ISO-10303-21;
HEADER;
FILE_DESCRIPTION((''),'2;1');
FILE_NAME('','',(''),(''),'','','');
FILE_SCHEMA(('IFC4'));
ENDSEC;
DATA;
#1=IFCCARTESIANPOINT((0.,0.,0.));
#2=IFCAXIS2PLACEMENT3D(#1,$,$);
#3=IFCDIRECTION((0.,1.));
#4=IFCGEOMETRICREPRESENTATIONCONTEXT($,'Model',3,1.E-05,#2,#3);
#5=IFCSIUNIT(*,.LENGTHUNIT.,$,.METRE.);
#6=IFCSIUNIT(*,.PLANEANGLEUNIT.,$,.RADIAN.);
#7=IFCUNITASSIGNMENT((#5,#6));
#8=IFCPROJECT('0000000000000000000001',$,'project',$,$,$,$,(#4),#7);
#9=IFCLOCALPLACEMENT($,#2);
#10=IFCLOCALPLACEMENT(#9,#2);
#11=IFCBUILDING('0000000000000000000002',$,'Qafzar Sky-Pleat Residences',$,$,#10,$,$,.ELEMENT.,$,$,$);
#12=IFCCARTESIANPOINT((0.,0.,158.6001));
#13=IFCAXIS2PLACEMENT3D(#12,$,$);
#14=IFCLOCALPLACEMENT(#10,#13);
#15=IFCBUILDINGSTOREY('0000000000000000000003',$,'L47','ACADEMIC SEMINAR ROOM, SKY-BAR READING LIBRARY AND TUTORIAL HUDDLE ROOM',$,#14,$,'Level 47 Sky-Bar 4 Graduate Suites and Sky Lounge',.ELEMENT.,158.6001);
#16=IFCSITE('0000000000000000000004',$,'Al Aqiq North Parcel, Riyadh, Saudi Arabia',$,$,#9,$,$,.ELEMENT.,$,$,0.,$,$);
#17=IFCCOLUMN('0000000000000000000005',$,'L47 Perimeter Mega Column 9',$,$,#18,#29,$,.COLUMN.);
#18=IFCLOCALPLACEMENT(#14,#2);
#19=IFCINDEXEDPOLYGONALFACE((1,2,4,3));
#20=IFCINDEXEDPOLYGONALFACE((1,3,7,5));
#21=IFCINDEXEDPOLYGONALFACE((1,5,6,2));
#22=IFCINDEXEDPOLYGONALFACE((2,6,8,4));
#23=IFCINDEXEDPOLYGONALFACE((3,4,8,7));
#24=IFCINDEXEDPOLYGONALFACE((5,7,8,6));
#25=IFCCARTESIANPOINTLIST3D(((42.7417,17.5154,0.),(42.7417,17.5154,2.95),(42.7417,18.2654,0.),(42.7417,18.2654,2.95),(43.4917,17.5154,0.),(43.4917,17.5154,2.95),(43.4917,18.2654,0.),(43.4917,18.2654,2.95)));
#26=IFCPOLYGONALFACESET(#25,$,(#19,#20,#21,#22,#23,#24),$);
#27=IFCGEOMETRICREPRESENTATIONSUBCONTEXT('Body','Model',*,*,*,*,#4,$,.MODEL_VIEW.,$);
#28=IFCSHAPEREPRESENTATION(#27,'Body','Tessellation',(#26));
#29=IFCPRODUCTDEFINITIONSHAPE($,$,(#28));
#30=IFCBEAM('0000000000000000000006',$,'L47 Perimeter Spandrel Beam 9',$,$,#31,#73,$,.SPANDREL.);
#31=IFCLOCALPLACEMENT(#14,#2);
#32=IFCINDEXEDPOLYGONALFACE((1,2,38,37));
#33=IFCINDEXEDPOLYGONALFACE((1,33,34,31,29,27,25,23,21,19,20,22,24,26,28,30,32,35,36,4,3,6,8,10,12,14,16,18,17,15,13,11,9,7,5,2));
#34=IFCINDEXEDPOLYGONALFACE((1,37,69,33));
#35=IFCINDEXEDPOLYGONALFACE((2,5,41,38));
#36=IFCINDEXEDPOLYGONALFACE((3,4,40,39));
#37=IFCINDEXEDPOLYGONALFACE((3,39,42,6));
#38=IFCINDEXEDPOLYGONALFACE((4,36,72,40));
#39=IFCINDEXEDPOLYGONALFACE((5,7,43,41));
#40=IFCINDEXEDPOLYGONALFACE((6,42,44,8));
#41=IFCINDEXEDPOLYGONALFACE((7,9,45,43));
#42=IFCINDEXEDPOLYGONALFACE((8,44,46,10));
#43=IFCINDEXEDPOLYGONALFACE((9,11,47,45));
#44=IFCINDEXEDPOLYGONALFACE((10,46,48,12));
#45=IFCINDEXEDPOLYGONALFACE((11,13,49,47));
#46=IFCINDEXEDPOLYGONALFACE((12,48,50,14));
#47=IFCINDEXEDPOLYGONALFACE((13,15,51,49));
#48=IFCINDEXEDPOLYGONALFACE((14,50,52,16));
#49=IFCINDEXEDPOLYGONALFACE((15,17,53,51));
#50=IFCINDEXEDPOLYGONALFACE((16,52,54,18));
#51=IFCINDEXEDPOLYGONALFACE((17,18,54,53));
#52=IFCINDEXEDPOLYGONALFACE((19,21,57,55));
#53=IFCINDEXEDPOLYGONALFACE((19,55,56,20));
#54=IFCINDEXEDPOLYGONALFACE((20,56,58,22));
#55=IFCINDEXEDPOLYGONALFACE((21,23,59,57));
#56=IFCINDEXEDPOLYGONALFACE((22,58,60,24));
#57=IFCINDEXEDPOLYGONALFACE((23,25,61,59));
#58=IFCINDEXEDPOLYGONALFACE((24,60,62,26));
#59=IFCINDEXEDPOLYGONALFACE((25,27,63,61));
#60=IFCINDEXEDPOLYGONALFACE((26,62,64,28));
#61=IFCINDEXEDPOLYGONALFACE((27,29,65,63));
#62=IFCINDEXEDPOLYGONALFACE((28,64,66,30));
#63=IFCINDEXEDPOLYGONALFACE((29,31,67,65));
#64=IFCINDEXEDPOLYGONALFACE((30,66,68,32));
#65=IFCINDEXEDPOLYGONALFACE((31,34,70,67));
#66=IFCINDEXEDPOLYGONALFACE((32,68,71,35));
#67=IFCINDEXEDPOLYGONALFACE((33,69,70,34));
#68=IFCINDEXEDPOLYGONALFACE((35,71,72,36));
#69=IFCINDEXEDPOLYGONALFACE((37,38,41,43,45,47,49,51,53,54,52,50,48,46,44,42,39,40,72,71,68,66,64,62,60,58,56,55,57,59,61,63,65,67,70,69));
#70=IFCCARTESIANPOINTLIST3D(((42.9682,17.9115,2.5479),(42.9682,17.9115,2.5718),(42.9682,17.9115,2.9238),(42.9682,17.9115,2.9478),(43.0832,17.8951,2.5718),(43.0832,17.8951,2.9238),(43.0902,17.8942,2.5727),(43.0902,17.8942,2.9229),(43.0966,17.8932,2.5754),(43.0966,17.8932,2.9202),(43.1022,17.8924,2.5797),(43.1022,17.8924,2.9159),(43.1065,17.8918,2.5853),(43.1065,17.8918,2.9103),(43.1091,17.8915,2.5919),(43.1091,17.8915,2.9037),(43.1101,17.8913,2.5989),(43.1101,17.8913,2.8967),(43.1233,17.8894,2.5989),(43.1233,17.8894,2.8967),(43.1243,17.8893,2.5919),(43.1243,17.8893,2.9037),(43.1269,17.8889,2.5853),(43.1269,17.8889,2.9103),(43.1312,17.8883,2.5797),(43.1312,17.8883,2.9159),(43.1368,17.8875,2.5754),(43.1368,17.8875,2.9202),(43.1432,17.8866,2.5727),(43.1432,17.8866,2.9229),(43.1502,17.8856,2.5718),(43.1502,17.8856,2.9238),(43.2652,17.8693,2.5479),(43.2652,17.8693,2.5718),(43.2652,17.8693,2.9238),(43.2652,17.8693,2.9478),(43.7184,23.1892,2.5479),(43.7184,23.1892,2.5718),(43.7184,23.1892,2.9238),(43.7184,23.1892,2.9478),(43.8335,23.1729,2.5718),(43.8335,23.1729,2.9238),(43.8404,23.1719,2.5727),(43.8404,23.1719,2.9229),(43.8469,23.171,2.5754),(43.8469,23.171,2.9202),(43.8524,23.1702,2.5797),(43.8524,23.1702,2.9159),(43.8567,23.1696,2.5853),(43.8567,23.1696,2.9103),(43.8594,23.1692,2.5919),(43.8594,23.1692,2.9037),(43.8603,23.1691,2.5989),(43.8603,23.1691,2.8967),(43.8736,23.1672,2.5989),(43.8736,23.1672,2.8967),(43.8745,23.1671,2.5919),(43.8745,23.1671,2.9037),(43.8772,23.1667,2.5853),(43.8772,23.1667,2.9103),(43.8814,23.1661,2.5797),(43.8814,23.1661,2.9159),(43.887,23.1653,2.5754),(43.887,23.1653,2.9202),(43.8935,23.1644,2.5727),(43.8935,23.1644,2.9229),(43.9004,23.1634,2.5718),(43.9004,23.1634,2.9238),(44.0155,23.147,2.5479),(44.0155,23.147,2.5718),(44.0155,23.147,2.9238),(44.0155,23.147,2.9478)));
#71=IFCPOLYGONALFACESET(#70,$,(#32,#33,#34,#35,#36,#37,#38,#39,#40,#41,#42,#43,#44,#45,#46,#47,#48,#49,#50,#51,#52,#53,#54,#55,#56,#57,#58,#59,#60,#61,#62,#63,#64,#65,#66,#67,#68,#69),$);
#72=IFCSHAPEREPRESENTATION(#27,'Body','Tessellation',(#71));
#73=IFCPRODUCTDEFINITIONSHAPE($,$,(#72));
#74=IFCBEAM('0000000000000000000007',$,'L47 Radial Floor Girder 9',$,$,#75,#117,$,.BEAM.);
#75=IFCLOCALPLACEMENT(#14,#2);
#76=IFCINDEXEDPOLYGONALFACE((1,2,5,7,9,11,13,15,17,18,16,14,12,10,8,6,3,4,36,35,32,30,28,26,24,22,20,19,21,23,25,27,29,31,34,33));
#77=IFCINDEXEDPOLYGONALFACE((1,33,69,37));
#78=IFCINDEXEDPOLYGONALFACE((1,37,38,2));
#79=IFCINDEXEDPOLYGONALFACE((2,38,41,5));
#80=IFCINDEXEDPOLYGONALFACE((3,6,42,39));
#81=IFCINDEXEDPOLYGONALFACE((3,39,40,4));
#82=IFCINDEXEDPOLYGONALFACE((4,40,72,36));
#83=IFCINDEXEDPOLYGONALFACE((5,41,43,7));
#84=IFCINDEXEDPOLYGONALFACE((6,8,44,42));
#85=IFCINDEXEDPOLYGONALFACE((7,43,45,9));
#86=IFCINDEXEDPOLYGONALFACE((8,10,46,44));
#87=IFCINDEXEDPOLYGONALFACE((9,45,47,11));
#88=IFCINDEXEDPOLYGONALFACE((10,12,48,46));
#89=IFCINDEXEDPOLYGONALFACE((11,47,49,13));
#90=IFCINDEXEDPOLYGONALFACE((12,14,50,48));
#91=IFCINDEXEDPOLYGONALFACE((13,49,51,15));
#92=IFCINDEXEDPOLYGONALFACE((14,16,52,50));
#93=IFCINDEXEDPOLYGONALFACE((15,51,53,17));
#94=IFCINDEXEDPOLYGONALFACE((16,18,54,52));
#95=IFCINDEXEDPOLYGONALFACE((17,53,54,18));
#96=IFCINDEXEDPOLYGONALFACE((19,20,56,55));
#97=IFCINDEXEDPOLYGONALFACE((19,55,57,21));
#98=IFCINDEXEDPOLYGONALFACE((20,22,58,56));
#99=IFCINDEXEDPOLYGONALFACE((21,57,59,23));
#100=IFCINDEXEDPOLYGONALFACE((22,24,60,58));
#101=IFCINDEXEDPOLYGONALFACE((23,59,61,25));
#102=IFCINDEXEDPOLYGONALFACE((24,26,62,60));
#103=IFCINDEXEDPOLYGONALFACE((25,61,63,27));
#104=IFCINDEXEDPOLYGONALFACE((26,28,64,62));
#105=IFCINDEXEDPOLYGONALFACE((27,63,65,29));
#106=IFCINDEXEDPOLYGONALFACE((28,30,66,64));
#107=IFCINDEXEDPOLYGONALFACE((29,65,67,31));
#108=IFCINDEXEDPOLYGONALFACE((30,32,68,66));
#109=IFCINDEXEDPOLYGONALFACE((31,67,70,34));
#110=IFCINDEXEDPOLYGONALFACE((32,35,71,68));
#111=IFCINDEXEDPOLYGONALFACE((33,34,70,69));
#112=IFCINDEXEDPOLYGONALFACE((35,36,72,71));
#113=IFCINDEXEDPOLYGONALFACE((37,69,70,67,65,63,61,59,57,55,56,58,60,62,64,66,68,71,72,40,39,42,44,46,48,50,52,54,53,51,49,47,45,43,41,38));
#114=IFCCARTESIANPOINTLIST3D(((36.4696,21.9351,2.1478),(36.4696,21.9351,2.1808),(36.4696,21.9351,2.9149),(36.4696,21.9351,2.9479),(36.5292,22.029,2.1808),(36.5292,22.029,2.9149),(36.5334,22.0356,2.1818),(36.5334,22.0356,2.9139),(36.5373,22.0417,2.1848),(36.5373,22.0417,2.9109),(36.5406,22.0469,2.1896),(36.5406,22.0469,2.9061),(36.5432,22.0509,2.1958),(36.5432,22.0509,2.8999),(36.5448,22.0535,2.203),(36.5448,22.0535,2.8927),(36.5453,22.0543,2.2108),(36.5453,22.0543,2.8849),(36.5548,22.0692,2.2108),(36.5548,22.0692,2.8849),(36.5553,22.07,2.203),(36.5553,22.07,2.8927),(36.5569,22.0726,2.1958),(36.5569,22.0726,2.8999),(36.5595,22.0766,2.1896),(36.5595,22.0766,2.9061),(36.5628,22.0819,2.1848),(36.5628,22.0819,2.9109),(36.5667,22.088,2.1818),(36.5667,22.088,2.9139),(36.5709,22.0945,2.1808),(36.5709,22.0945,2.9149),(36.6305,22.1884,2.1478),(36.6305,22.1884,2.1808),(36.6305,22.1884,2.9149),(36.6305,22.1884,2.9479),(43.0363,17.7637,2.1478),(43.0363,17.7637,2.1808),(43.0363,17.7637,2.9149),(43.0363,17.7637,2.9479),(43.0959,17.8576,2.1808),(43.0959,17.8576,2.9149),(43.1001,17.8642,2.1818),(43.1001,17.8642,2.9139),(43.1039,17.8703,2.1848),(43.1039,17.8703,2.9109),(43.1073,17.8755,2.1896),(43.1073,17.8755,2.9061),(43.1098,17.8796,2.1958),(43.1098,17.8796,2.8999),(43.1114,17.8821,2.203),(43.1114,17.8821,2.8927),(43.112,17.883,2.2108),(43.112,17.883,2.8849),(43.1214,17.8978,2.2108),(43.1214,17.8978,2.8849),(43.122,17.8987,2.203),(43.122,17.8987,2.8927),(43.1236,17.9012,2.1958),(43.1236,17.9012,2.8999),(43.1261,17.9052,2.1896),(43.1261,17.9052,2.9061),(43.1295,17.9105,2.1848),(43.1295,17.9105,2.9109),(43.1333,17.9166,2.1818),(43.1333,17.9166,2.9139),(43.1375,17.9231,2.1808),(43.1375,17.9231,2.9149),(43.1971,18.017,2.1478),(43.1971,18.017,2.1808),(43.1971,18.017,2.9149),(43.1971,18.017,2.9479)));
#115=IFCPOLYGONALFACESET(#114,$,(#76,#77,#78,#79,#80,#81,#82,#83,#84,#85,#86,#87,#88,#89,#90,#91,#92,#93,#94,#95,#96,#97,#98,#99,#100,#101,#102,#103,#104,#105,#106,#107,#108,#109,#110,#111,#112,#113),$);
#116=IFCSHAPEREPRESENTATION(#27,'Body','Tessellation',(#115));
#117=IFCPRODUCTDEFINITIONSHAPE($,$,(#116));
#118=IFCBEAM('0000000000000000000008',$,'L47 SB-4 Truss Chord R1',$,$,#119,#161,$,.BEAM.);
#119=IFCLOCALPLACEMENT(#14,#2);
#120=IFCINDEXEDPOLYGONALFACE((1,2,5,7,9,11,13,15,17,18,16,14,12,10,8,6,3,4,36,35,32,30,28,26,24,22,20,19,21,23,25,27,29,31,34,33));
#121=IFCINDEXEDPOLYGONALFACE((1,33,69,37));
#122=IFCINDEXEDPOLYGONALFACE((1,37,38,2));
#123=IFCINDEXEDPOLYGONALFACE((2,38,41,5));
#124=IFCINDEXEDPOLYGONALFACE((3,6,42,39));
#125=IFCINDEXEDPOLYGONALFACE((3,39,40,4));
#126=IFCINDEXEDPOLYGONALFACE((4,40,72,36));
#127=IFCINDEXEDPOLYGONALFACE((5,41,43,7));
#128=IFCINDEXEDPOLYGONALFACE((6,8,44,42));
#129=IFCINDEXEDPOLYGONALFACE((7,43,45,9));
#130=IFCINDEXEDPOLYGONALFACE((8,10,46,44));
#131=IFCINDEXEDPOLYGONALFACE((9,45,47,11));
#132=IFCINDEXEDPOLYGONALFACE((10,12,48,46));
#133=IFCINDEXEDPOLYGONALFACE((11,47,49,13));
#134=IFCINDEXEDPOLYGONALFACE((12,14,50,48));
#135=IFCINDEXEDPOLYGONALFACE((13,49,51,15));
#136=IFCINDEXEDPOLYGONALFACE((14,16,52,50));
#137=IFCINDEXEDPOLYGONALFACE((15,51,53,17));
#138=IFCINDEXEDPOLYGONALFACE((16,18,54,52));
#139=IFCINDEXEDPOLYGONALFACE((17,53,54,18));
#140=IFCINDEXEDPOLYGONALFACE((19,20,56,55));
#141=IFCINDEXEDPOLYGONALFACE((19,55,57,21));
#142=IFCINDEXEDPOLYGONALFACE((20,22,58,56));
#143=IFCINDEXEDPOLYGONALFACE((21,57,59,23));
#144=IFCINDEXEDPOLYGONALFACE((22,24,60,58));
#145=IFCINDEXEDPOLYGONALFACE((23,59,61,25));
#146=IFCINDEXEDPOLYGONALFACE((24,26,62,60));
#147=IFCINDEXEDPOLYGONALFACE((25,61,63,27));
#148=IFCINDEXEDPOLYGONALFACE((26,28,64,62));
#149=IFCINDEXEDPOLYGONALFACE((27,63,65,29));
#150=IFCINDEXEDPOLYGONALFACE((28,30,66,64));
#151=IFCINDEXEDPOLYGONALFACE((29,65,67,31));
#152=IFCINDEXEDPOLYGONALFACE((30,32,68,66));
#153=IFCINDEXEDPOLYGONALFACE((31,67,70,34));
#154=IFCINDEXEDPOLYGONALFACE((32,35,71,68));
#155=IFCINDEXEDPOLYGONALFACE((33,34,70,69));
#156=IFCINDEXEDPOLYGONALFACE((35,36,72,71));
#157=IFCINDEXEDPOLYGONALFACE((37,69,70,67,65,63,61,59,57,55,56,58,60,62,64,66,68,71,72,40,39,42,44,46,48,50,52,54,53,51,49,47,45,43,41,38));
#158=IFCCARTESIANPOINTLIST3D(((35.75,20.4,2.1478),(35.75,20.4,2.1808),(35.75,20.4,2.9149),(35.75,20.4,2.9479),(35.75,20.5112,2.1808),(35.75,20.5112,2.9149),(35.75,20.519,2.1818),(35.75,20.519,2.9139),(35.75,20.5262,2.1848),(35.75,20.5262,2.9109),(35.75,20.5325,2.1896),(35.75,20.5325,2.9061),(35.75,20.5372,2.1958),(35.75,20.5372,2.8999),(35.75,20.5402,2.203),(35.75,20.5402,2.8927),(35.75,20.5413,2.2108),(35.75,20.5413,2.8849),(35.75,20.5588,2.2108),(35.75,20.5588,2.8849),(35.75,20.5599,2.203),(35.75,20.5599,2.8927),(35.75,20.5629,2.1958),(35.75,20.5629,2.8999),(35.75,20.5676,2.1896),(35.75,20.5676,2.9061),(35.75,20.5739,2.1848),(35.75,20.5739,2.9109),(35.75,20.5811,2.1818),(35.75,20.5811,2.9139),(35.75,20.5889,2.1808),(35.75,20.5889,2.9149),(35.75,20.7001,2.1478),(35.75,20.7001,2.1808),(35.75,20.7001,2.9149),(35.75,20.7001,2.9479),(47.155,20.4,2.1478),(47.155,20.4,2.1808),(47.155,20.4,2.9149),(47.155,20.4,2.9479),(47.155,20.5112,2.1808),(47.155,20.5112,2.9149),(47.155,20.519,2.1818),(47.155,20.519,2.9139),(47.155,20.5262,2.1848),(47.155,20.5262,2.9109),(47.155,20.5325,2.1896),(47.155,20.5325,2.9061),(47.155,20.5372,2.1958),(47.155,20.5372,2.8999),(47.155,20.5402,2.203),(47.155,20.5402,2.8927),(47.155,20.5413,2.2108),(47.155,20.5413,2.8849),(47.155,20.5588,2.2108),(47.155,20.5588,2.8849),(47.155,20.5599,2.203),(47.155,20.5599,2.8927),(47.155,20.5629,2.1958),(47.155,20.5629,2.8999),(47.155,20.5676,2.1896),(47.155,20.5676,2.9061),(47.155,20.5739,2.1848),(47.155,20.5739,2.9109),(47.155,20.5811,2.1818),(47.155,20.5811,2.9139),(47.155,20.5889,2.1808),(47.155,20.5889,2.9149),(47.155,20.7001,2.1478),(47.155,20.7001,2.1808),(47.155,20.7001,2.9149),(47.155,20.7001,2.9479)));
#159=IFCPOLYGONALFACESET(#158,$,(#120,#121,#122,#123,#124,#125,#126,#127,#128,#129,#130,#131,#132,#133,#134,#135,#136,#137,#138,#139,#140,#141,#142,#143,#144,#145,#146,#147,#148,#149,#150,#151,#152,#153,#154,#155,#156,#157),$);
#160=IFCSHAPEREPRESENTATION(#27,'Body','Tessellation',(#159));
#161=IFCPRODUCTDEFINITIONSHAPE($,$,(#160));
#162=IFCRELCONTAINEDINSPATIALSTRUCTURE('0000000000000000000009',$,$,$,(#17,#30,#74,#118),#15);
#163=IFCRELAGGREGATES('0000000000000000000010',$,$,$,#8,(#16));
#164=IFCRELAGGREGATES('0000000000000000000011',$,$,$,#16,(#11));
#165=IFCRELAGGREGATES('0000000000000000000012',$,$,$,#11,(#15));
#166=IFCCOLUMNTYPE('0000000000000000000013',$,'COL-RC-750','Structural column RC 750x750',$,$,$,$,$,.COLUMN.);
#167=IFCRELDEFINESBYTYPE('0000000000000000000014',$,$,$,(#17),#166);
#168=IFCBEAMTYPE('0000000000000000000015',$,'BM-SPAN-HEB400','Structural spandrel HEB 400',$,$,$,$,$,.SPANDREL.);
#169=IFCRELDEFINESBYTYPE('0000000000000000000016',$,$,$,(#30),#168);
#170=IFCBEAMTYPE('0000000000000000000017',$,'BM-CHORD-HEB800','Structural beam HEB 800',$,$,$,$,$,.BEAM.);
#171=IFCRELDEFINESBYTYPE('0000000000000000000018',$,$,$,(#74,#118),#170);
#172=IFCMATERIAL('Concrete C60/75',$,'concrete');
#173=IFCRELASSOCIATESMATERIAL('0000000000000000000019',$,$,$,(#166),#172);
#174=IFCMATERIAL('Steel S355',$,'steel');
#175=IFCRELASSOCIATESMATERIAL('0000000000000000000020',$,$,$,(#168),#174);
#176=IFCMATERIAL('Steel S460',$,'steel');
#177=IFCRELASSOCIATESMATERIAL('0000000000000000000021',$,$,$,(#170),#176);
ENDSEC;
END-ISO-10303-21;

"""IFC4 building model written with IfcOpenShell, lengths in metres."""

from ifc_helpers import new_model, si_unit, direction, frame, origin, origin_2d, place, context, subcontext, project, spatial, rectangle, i_section, extrude, source, transform, mapped, material, material_profile, profile_set, type_object, element, save


model = new_model("IFC4")

# Units and contexts
model_context = context("Model", 3, precision=1e-05, world=origin(), true_north=direction((0.0, 1.0)))
body_context = subcontext(model_context, "Body", "Model", "MODEL_VIEW")
ifc_project = project(units=[si_unit("LENGTHUNIT", "METRE"), si_unit("PLANEANGLEUNIT", "RADIAN")], contexts=[model_context])

# Site, building, storey
site_placement = place(None, origin())
site = spatial("IfcSite", under=ifc_project, at=site_placement, Name="Al Aqiq North Parcel, Riyadh, Saudi Arabia", CompositionType="ELEMENT", RefElevation=0.0)
building_placement = place(site_placement, origin())
building = spatial("IfcBuilding", under=site, at=building_placement, Name="Qafzar Sky-Pleat Residences", CompositionType="ELEMENT")
storey_placement = place(building_placement, frame((0.0, 0.0, 158.6001)))
storey = spatial("IfcBuildingStorey", under=building, at=storey_placement, Name="L47", Description="ACADEMIC SEMINAR ROOM, SKY-BAR READING LIBRARY AND TUTORIAL HUDDLE ROOM", LongName="Level 47 Sky-Bar 4 Graduate Suites and Sky Lounge", CompositionType="ELEMENT", Elevation=158.6001)

# Column
ifc_material_1 = material(Name="Concrete C60/75", Category="concrete")
ifc_material_profile_1 = material_profile(ifc_material_1, rectangle(XDim=0.75, YDim=0.75, at=origin_2d()), Name="RC 750x750")
ifc_profile_set_1 = profile_set([ifc_material_profile_1], Name="Concrete C60/75")
column_type = type_object("IfcColumnType", Name="COL-RC-750", Description="Structural column RC 750x750", PredefinedType="COLUMN", material=ifc_profile_set_1)
shared_shape_1 = source(origin(), body_context, "Body", "SweptSolid", [
    extrude(rectangle(XDim=0.75, YDim=0.75, at=origin_2d()), origin(), (0.0, 0.0, 1.0), 2.95),
])
column_placement = place(storey_placement, frame((43.1167, 17.8904, 0.0), z_axis=(0.0, 0.0, 1.0), x_axis=(1.0, 0.0, 0.0)))
element("IfcColumn", 1, at=column_placement, inside=storey, type_object=column_type, Name="L47 Perimeter Mega Column 9", PredefinedType="COLUMN", context=body_context, shape_type="MappedRepresentation", body=[
    mapped(shared_shape_1, transform((0.0, 0.0, 0.0), x_axis=(1.0, 0.0, 0.0), y_axis=(0.0, 1.0, 0.0), z_axis=(0.0, 0.0, 1.0), scale=1.0)),
])

# Beams
ifc_material_2 = material(Name="Steel S355", Category="steel")
ifc_material_profile_2 = material_profile(ifc_material_2, i_section(OverallWidth=0.3, OverallDepth=0.3999, WebThickness=0.0134, FlangeThickness=0.0239, FilletRadius=0.0271, at=origin_2d()), Name="HEB 400")
ifc_profile_set_2 = profile_set([ifc_material_profile_2], Name="Steel S355")
beam_type_1 = type_object("IfcBeamType", Name="BM-SPAN-HEB400", Description="Structural spandrel HEB 400", PredefinedType="SPANDREL", material=ifc_profile_set_2)
shared_shape_2 = source(origin(), body_context, "Body", "SweptSolid", [
    extrude(i_section(OverallWidth=0.3, OverallDepth=0.3999, WebThickness=0.0134, FlangeThickness=0.0239, FilletRadius=0.0271, at=origin_2d()), origin(), (0.0, 0.0, 1.0), 5.3308),
])
beam_1_placement = place(storey_placement, frame((43.1167, 17.8904, 2.7478), z_axis=(0.140735, 0.990047, 0.0), x_axis=(-0.990047, 0.140735, 0.0)))
element("IfcBeam", 2, at=beam_1_placement, inside=storey, type_object=beam_type_1, Name="L47 Perimeter Spandrel Beam 9", PredefinedType="SPANDREL", context=body_context, shape_type="MappedRepresentation", body=[
    mapped(shared_shape_2, transform((0.0, 0.0, 0.0), x_axis=(1.0, 0.0, 0.0), y_axis=(0.0, 1.0, 0.0), z_axis=(0.0, 0.0, 1.0), scale=1.0)),
])
ifc_material_3 = material(Name="Steel S460", Category="steel")
ifc_material_profile_3 = material_profile(ifc_material_3, i_section(OverallWidth=0.3, OverallDepth=0.8, WebThickness=0.0176, FlangeThickness=0.033, FilletRadius=0.03, at=origin_2d()), Name="HEB 800")
ifc_profile_set_3 = profile_set([ifc_material_profile_3], Name="Steel S460")
beam_type_2 = type_object("IfcBeamType", Name="BM-CHORD-HEB800", Description="Structural beam HEB 800", PredefinedType="BEAM", material=ifc_profile_set_3)
shared_shape_3 = source(origin(), body_context, "Body", "SweptSolid", [
    extrude(i_section(OverallWidth=0.3, OverallDepth=0.8, WebThickness=0.0176, FlangeThickness=0.033, FilletRadius=0.03, at=origin_2d()), origin(), (0.0, 0.0, 1.0), 7.7795),
])
beam_2_placement = place(storey_placement, frame((43.1167, 17.8904, 2.5479), z_axis=(-0.844092, 0.536199, 0.0), x_axis=(-0.536199, -0.844092, 0.0)))
element("IfcBeam", 3, at=beam_2_placement, inside=storey, type_object=beam_type_2, Name="L47 Radial Floor Girder 9", PredefinedType="BEAM", context=body_context, shape_type="MappedRepresentation", body=[
    mapped(shared_shape_3, transform((0.0, 0.0, 0.0), x_axis=(1.0, 0.0, 0.0), y_axis=(0.0, 1.0, 0.0), z_axis=(0.0, 0.0, 1.0), scale=1.0)),
])
shared_shape_4 = source(origin(), body_context, "Body", "SweptSolid", [
    extrude(i_section(OverallWidth=0.3, OverallDepth=0.8, WebThickness=0.0176, FlangeThickness=0.033, FilletRadius=0.03, at=origin_2d()), origin(), (0.0, 0.0, 1.0), 11.405),
])
beam_3_placement = place(storey_placement, frame((35.75, 20.55, 2.5479), z_axis=(1.0, 0.0, 0.0), x_axis=(0.0, 1.0, 0.0)))
element("IfcBeam", 4, at=beam_3_placement, inside=storey, type_object=beam_type_2, Name="L47 SB-4 Truss Chord R1", PredefinedType="BEAM", context=body_context, shape_type="MappedRepresentation", body=[
    mapped(shared_shape_4, transform((0.0, 0.0, 0.0), x_axis=(1.0, 0.0, 0.0), y_axis=(0.0, 1.0, 0.0), z_axis=(0.0, 0.0, 1.0), scale=1.0)),
])

save(model, "model.ifc")
